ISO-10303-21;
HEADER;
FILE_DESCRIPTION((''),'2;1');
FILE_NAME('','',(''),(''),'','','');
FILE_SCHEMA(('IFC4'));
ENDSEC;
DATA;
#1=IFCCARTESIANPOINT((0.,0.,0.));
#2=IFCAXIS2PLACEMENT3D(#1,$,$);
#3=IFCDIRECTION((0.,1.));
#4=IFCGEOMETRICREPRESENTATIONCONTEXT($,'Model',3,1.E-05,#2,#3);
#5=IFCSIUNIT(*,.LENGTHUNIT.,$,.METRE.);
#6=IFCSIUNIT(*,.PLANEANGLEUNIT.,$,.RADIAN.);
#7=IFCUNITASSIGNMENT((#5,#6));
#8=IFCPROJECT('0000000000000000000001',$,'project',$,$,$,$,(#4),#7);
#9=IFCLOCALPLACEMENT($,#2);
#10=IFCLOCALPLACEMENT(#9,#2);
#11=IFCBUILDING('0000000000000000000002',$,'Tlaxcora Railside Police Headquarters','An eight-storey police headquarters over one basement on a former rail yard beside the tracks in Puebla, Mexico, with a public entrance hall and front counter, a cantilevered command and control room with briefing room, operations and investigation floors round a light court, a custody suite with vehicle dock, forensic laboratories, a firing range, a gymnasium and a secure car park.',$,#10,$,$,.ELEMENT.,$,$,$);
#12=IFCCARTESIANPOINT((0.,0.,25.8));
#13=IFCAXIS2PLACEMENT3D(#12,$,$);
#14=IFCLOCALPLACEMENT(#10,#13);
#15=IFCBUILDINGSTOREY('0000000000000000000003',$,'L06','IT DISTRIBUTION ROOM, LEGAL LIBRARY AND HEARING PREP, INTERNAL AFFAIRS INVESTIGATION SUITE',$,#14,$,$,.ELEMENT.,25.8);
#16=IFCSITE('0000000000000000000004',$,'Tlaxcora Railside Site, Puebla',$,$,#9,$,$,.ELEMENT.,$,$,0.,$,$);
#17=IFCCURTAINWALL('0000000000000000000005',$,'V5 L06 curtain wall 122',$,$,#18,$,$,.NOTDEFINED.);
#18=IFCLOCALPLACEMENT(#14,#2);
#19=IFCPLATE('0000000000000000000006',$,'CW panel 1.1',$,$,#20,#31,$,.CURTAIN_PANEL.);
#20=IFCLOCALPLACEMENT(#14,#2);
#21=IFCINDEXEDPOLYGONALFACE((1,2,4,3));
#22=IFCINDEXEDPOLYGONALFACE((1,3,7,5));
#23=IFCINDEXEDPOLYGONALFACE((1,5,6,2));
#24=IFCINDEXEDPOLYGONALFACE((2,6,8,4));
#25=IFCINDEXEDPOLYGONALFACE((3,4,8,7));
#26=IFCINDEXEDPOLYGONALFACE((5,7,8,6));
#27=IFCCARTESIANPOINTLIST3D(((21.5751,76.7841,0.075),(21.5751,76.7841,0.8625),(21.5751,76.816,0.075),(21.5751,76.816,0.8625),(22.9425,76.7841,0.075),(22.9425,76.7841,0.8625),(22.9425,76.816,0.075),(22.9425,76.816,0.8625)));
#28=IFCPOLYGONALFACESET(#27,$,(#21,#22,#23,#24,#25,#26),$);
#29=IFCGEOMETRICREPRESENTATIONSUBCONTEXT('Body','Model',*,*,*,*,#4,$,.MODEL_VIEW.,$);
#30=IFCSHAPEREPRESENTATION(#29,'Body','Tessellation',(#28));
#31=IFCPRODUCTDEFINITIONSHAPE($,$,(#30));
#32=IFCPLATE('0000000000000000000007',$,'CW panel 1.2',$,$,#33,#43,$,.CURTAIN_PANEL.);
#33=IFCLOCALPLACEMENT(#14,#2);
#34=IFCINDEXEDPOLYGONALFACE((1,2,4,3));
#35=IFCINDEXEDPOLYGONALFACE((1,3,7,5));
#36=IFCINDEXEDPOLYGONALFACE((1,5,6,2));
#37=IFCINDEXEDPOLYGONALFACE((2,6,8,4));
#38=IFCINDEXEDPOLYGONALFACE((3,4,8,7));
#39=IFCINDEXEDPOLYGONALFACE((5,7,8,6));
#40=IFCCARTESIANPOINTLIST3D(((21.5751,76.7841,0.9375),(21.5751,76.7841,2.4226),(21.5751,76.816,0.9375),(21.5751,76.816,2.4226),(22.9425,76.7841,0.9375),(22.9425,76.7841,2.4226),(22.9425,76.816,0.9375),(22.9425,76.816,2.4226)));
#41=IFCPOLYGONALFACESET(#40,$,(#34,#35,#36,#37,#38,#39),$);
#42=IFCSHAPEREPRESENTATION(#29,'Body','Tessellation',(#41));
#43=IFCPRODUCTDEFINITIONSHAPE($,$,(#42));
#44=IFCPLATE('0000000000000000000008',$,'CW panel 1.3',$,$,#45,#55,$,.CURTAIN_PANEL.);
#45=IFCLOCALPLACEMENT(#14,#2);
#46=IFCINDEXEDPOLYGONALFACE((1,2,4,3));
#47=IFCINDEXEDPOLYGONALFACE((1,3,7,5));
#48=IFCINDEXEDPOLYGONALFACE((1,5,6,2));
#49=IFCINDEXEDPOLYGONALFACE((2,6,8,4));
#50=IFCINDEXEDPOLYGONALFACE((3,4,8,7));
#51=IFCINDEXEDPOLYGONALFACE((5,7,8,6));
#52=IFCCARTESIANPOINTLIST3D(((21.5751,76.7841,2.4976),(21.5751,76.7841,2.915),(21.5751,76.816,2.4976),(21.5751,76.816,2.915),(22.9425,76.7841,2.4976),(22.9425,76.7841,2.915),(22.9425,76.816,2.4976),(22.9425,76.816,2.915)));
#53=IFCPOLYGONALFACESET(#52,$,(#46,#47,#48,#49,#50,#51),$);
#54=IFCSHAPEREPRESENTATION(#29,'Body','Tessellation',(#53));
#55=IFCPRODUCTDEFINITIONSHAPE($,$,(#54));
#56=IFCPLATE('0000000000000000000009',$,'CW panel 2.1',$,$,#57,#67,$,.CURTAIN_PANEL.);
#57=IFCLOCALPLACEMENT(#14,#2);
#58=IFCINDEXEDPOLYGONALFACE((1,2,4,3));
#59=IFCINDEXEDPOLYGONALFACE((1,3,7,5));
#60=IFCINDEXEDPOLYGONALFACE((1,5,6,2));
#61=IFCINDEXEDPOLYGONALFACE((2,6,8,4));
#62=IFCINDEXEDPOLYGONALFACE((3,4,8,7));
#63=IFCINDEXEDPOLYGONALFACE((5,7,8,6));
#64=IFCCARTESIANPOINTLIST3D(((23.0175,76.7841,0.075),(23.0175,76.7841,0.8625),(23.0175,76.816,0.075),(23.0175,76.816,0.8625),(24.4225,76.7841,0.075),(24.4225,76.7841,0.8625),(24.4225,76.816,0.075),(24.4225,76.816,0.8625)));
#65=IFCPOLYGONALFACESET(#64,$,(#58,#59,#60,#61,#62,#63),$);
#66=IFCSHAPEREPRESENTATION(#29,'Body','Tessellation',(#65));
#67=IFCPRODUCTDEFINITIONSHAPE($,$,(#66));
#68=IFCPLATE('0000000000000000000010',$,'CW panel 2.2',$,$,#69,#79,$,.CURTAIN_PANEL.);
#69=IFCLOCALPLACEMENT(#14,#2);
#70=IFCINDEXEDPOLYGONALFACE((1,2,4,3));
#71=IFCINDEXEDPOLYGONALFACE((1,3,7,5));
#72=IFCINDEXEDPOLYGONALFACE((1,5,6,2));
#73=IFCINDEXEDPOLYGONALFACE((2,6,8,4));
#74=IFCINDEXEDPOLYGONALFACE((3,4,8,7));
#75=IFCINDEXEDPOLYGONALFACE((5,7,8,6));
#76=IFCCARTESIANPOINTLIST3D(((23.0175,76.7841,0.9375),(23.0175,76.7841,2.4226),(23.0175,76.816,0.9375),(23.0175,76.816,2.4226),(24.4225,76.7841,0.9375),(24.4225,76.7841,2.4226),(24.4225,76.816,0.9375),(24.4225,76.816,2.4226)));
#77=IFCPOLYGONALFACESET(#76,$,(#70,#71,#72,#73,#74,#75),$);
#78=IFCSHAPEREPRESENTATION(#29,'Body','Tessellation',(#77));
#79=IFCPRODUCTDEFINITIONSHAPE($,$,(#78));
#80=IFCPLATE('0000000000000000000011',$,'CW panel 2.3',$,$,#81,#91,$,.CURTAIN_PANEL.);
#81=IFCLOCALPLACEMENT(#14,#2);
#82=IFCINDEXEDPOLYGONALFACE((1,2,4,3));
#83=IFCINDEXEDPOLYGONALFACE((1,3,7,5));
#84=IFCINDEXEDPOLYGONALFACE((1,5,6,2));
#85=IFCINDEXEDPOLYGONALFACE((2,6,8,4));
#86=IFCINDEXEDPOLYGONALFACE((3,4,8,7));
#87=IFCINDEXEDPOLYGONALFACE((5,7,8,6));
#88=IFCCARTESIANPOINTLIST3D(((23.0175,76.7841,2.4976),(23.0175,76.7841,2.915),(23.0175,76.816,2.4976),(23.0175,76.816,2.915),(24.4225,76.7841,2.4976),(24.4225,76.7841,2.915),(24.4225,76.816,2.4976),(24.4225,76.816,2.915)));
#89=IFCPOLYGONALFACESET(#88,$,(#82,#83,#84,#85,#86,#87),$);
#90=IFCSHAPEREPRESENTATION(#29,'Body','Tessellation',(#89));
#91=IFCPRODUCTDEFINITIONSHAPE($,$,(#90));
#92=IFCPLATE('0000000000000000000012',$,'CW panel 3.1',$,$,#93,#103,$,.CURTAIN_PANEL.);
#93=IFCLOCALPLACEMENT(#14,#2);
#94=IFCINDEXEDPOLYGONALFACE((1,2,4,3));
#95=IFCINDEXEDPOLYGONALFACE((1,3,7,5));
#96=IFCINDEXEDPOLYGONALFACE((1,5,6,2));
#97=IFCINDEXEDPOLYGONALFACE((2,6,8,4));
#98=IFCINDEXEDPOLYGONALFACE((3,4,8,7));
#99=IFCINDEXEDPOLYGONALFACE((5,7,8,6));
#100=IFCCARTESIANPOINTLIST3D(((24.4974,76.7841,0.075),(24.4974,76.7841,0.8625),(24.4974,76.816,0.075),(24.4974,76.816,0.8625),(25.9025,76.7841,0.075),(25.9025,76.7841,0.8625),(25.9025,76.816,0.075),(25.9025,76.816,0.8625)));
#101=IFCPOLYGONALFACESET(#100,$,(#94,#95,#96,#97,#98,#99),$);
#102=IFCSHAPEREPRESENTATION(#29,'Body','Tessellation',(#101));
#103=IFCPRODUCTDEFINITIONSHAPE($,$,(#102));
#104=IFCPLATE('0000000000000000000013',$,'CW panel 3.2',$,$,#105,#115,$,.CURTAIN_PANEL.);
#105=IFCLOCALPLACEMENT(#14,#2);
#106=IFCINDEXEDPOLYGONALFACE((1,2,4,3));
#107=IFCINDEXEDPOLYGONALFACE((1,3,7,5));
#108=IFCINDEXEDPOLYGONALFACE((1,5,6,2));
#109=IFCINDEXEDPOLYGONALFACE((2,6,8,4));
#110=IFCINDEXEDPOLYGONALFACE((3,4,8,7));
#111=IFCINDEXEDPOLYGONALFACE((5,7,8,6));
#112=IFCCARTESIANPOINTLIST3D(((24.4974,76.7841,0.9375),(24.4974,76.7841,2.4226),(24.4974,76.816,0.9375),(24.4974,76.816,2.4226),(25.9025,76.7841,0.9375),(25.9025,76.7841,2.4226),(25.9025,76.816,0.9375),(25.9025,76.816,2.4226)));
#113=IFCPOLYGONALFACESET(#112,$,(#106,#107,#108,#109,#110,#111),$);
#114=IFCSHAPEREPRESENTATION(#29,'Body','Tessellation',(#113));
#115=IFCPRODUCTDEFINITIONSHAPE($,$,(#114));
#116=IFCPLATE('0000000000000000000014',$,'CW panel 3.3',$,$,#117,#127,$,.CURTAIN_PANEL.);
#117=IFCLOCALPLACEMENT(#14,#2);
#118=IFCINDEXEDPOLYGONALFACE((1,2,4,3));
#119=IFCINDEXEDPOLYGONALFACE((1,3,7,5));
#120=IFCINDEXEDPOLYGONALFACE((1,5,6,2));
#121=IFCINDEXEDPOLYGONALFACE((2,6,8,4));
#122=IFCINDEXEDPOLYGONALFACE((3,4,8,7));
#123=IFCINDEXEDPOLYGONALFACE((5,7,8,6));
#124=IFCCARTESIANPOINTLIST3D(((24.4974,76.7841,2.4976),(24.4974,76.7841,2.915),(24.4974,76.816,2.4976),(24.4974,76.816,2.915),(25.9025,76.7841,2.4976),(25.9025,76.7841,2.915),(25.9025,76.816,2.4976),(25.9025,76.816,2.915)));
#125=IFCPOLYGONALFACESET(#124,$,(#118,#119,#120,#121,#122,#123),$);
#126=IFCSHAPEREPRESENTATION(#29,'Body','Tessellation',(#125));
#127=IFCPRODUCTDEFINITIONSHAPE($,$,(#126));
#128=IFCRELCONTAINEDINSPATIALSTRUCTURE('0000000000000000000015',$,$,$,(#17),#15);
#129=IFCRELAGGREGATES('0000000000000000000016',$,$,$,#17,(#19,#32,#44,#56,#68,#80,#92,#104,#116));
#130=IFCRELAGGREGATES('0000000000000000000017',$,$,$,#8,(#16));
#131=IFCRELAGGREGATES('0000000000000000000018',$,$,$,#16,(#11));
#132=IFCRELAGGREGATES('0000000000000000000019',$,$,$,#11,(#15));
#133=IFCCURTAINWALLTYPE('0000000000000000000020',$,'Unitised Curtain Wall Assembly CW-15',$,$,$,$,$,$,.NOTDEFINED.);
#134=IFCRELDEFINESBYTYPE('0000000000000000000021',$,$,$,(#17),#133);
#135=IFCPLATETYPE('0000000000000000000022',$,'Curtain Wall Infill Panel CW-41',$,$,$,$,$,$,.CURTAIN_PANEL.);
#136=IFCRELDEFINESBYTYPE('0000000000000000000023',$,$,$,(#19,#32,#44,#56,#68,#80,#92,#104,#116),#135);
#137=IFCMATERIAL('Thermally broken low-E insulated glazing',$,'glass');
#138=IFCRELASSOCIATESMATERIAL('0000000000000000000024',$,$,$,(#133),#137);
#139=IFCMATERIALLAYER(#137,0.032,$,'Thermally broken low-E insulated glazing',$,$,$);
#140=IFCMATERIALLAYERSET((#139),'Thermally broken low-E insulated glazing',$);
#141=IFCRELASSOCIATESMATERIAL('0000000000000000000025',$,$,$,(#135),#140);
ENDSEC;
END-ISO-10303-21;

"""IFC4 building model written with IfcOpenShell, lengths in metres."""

from ifc_helpers import new_model, si_unit, direction, frame, origin, origin_2d, place, context, subcontext, project, spatial, rectangle, extrude, material, layer, layer_set, type_object, element, aggregate, save


model = new_model("IFC4")

# Units and contexts
model_context = context("Model", 3, precision=1e-05, world=origin(), true_north=direction((0.0, 1.0)))
body_context = subcontext(model_context, "Body", "Model", "MODEL_VIEW")
ifc_project = project(units=[si_unit("LENGTHUNIT", "METRE"), si_unit("PLANEANGLEUNIT", "RADIAN")], contexts=[model_context])

# Site, building, storey
site_placement = place(None, origin())
site = spatial("IfcSite", under=ifc_project, at=site_placement, Name="Tlaxcora Railside Site, Puebla", CompositionType="ELEMENT", RefElevation=0.0)
building_placement = place(site_placement, origin())
building = spatial("IfcBuilding", under=site, at=building_placement, Name="Tlaxcora Railside Police Headquarters", Description="An eight-storey police headquarters over one basement on a former rail yard beside the tracks in Puebla, Mexico, with a public entrance hall and front counter, a cantilevered command and control room with briefing room, operations and investigation floors round a light court, a custody suite with vehicle dock, forensic laboratories, a firing range, a gymnasium and a secure car park.", CompositionType="ELEMENT")
storey_placement = place(building_placement, frame((0.0, 0.0, 25.8)))
storey = spatial("IfcBuildingStorey", under=building, at=storey_placement, Name="L06", Description="IT DISTRIBUTION ROOM, LEGAL LIBRARY AND HEARING PREP, INTERNAL AFFAIRS INVESTIGATION SUITE", CompositionType="ELEMENT", Elevation=25.8)

# Curtain wall, plates
ifc_material_1 = material(Name="Thermally broken low-E insulated glazing", Category="glass")
curtain_wall_type = type_object("IfcCurtainWallType", Name="Unitised Curtain Wall Assembly CW-15", PredefinedType="NOTDEFINED", material=ifc_material_1)
curtain_wall_placement = place(storey_placement, origin())
curtain_wall = element("IfcCurtainWall", 1, at=curtain_wall_placement, inside=storey, type_object=curtain_wall_type, Name="V5 L06 curtain wall 122", PredefinedType="NOTDEFINED")
ifc_layer = layer(ifc_material_1, 0.032, Name="Thermally broken low-E insulated glazing")
ifc_layer_set = layer_set([ifc_layer], Name="Thermally broken low-E insulated glazing")
plate_type = type_object("IfcPlateType", Name="Curtain Wall Infill Panel CW-41", PredefinedType="CURTAIN_PANEL", material=ifc_layer_set)
plate_1_placement = place(storey_placement, frame((22.2588, 76.8, 0.075), z_axis=(0.0, 0.0, 1.0), x_axis=(1.0, 0.0, 0.0)))
plate_1 = element("IfcPlate", 2, at=plate_1_placement, type_object=plate_type, Name="CW panel 1.1", PredefinedType="CURTAIN_PANEL", context=body_context, shape_type="SweptSolid", body=[
    extrude(rectangle(XDim=1.3674, YDim=0.032, at=origin_2d()), origin(), (0.0, 0.0, 1.0), 0.7876),
])
plate_2_placement = place(storey_placement, frame((22.2588, 76.8, 0.9375), z_axis=(0.0, 0.0, 1.0), x_axis=(1.0, 0.0, 0.0)))
plate_2 = element("IfcPlate", 3, at=plate_2_placement, type_object=plate_type, Name="CW panel 1.2", PredefinedType="CURTAIN_PANEL", context=body_context, shape_type="SweptSolid", body=[
    extrude(rectangle(XDim=1.3674, YDim=0.032, at=origin_2d()), origin(), (0.0, 0.0, 1.0), 1.4851),
])
plate_3_placement = place(storey_placement, frame((22.2588, 76.8, 2.4976), z_axis=(0.0, 0.0, 1.0), x_axis=(1.0, 0.0, 0.0)))
plate_3 = element("IfcPlate", 4, at=plate_3_placement, type_object=plate_type, Name="CW panel 1.3", PredefinedType="CURTAIN_PANEL", context=body_context, shape_type="SweptSolid", body=[
    extrude(rectangle(XDim=1.3674, YDim=0.032, at=origin_2d()), origin(), (0.0, 0.0, 1.0), 0.4175),
])
plate_4_placement = place(storey_placement, frame((23.72, 76.8, 0.075), z_axis=(0.0, 0.0, 1.0), x_axis=(1.0, 0.0, 0.0)))
plate_4 = element("IfcPlate", 5, at=plate_4_placement, type_object=plate_type, Name="CW panel 2.1", PredefinedType="CURTAIN_PANEL", context=body_context, shape_type="SweptSolid", body=[
    extrude(rectangle(XDim=1.405, YDim=0.032, at=origin_2d()), origin(), (0.0, 0.0, 1.0), 0.7876),
])
plate_5_placement = place(storey_placement, frame((23.72, 76.8, 0.9375), z_axis=(0.0, 0.0, 1.0), x_axis=(1.0, 0.0, 0.0)))
plate_5 = element("IfcPlate", 6, at=plate_5_placement, type_object=plate_type, Name="CW panel 2.2", PredefinedType="CURTAIN_PANEL", context=body_context, shape_type="SweptSolid", body=[
    extrude(rectangle(XDim=1.405, YDim=0.032, at=origin_2d()), origin(), (0.0, 0.0, 1.0), 1.4851),
])
plate_6_placement = place(storey_placement, frame((23.72, 76.8, 2.4976), z_axis=(0.0, 0.0, 1.0), x_axis=(1.0, 0.0, 0.0)))
plate_6 = element("IfcPlate", 7, at=plate_6_placement, type_object=plate_type, Name="CW panel 2.3", PredefinedType="CURTAIN_PANEL", context=body_context, shape_type="SweptSolid", body=[
    extrude(rectangle(XDim=1.405, YDim=0.032, at=origin_2d()), origin(), (0.0, 0.0, 1.0), 0.4175),
])
plate_7_placement = place(storey_placement, frame((25.2, 76.8, 0.075), z_axis=(0.0, 0.0, 1.0), x_axis=(1.0, 0.0, 0.0)))
plate_7 = element("IfcPlate", 8, at=plate_7_placement, type_object=plate_type, Name="CW panel 3.1", PredefinedType="CURTAIN_PANEL", context=body_context, shape_type="SweptSolid", body=[
    extrude(rectangle(XDim=1.405, YDim=0.032, at=origin_2d()), origin(), (0.0, 0.0, 1.0), 0.7876),
])
plate_8_placement = place(storey_placement, frame((25.2, 76.8, 0.9375), z_axis=(0.0, 0.0, 1.0), x_axis=(1.0, 0.0, 0.0)))
plate_8 = element("IfcPlate", 9, at=plate_8_placement, type_object=plate_type, Name="CW panel 3.2", PredefinedType="CURTAIN_PANEL", context=body_context, shape_type="SweptSolid", body=[
    extrude(rectangle(XDim=1.405, YDim=0.032, at=origin_2d()), origin(), (0.0, 0.0, 1.0), 1.4851),
])
plate_9_placement = place(storey_placement, frame((25.2, 76.8, 2.4976), z_axis=(0.0, 0.0, 1.0), x_axis=(1.0, 0.0, 0.0)))
plate_9 = element("IfcPlate", 10, at=plate_9_placement, type_object=plate_type, Name="CW panel 3.3", PredefinedType="CURTAIN_PANEL", context=body_context, shape_type="SweptSolid", body=[
    extrude(rectangle(XDim=1.405, YDim=0.032, at=origin_2d()), origin(), (0.0, 0.0, 1.0), 0.4175),
])
aggregate(curtain_wall, [plate_1, plate_2, plate_3, plate_4, plate_5, plate_6, plate_7, plate_8, plate_9])

save(model, "model.ifc")
